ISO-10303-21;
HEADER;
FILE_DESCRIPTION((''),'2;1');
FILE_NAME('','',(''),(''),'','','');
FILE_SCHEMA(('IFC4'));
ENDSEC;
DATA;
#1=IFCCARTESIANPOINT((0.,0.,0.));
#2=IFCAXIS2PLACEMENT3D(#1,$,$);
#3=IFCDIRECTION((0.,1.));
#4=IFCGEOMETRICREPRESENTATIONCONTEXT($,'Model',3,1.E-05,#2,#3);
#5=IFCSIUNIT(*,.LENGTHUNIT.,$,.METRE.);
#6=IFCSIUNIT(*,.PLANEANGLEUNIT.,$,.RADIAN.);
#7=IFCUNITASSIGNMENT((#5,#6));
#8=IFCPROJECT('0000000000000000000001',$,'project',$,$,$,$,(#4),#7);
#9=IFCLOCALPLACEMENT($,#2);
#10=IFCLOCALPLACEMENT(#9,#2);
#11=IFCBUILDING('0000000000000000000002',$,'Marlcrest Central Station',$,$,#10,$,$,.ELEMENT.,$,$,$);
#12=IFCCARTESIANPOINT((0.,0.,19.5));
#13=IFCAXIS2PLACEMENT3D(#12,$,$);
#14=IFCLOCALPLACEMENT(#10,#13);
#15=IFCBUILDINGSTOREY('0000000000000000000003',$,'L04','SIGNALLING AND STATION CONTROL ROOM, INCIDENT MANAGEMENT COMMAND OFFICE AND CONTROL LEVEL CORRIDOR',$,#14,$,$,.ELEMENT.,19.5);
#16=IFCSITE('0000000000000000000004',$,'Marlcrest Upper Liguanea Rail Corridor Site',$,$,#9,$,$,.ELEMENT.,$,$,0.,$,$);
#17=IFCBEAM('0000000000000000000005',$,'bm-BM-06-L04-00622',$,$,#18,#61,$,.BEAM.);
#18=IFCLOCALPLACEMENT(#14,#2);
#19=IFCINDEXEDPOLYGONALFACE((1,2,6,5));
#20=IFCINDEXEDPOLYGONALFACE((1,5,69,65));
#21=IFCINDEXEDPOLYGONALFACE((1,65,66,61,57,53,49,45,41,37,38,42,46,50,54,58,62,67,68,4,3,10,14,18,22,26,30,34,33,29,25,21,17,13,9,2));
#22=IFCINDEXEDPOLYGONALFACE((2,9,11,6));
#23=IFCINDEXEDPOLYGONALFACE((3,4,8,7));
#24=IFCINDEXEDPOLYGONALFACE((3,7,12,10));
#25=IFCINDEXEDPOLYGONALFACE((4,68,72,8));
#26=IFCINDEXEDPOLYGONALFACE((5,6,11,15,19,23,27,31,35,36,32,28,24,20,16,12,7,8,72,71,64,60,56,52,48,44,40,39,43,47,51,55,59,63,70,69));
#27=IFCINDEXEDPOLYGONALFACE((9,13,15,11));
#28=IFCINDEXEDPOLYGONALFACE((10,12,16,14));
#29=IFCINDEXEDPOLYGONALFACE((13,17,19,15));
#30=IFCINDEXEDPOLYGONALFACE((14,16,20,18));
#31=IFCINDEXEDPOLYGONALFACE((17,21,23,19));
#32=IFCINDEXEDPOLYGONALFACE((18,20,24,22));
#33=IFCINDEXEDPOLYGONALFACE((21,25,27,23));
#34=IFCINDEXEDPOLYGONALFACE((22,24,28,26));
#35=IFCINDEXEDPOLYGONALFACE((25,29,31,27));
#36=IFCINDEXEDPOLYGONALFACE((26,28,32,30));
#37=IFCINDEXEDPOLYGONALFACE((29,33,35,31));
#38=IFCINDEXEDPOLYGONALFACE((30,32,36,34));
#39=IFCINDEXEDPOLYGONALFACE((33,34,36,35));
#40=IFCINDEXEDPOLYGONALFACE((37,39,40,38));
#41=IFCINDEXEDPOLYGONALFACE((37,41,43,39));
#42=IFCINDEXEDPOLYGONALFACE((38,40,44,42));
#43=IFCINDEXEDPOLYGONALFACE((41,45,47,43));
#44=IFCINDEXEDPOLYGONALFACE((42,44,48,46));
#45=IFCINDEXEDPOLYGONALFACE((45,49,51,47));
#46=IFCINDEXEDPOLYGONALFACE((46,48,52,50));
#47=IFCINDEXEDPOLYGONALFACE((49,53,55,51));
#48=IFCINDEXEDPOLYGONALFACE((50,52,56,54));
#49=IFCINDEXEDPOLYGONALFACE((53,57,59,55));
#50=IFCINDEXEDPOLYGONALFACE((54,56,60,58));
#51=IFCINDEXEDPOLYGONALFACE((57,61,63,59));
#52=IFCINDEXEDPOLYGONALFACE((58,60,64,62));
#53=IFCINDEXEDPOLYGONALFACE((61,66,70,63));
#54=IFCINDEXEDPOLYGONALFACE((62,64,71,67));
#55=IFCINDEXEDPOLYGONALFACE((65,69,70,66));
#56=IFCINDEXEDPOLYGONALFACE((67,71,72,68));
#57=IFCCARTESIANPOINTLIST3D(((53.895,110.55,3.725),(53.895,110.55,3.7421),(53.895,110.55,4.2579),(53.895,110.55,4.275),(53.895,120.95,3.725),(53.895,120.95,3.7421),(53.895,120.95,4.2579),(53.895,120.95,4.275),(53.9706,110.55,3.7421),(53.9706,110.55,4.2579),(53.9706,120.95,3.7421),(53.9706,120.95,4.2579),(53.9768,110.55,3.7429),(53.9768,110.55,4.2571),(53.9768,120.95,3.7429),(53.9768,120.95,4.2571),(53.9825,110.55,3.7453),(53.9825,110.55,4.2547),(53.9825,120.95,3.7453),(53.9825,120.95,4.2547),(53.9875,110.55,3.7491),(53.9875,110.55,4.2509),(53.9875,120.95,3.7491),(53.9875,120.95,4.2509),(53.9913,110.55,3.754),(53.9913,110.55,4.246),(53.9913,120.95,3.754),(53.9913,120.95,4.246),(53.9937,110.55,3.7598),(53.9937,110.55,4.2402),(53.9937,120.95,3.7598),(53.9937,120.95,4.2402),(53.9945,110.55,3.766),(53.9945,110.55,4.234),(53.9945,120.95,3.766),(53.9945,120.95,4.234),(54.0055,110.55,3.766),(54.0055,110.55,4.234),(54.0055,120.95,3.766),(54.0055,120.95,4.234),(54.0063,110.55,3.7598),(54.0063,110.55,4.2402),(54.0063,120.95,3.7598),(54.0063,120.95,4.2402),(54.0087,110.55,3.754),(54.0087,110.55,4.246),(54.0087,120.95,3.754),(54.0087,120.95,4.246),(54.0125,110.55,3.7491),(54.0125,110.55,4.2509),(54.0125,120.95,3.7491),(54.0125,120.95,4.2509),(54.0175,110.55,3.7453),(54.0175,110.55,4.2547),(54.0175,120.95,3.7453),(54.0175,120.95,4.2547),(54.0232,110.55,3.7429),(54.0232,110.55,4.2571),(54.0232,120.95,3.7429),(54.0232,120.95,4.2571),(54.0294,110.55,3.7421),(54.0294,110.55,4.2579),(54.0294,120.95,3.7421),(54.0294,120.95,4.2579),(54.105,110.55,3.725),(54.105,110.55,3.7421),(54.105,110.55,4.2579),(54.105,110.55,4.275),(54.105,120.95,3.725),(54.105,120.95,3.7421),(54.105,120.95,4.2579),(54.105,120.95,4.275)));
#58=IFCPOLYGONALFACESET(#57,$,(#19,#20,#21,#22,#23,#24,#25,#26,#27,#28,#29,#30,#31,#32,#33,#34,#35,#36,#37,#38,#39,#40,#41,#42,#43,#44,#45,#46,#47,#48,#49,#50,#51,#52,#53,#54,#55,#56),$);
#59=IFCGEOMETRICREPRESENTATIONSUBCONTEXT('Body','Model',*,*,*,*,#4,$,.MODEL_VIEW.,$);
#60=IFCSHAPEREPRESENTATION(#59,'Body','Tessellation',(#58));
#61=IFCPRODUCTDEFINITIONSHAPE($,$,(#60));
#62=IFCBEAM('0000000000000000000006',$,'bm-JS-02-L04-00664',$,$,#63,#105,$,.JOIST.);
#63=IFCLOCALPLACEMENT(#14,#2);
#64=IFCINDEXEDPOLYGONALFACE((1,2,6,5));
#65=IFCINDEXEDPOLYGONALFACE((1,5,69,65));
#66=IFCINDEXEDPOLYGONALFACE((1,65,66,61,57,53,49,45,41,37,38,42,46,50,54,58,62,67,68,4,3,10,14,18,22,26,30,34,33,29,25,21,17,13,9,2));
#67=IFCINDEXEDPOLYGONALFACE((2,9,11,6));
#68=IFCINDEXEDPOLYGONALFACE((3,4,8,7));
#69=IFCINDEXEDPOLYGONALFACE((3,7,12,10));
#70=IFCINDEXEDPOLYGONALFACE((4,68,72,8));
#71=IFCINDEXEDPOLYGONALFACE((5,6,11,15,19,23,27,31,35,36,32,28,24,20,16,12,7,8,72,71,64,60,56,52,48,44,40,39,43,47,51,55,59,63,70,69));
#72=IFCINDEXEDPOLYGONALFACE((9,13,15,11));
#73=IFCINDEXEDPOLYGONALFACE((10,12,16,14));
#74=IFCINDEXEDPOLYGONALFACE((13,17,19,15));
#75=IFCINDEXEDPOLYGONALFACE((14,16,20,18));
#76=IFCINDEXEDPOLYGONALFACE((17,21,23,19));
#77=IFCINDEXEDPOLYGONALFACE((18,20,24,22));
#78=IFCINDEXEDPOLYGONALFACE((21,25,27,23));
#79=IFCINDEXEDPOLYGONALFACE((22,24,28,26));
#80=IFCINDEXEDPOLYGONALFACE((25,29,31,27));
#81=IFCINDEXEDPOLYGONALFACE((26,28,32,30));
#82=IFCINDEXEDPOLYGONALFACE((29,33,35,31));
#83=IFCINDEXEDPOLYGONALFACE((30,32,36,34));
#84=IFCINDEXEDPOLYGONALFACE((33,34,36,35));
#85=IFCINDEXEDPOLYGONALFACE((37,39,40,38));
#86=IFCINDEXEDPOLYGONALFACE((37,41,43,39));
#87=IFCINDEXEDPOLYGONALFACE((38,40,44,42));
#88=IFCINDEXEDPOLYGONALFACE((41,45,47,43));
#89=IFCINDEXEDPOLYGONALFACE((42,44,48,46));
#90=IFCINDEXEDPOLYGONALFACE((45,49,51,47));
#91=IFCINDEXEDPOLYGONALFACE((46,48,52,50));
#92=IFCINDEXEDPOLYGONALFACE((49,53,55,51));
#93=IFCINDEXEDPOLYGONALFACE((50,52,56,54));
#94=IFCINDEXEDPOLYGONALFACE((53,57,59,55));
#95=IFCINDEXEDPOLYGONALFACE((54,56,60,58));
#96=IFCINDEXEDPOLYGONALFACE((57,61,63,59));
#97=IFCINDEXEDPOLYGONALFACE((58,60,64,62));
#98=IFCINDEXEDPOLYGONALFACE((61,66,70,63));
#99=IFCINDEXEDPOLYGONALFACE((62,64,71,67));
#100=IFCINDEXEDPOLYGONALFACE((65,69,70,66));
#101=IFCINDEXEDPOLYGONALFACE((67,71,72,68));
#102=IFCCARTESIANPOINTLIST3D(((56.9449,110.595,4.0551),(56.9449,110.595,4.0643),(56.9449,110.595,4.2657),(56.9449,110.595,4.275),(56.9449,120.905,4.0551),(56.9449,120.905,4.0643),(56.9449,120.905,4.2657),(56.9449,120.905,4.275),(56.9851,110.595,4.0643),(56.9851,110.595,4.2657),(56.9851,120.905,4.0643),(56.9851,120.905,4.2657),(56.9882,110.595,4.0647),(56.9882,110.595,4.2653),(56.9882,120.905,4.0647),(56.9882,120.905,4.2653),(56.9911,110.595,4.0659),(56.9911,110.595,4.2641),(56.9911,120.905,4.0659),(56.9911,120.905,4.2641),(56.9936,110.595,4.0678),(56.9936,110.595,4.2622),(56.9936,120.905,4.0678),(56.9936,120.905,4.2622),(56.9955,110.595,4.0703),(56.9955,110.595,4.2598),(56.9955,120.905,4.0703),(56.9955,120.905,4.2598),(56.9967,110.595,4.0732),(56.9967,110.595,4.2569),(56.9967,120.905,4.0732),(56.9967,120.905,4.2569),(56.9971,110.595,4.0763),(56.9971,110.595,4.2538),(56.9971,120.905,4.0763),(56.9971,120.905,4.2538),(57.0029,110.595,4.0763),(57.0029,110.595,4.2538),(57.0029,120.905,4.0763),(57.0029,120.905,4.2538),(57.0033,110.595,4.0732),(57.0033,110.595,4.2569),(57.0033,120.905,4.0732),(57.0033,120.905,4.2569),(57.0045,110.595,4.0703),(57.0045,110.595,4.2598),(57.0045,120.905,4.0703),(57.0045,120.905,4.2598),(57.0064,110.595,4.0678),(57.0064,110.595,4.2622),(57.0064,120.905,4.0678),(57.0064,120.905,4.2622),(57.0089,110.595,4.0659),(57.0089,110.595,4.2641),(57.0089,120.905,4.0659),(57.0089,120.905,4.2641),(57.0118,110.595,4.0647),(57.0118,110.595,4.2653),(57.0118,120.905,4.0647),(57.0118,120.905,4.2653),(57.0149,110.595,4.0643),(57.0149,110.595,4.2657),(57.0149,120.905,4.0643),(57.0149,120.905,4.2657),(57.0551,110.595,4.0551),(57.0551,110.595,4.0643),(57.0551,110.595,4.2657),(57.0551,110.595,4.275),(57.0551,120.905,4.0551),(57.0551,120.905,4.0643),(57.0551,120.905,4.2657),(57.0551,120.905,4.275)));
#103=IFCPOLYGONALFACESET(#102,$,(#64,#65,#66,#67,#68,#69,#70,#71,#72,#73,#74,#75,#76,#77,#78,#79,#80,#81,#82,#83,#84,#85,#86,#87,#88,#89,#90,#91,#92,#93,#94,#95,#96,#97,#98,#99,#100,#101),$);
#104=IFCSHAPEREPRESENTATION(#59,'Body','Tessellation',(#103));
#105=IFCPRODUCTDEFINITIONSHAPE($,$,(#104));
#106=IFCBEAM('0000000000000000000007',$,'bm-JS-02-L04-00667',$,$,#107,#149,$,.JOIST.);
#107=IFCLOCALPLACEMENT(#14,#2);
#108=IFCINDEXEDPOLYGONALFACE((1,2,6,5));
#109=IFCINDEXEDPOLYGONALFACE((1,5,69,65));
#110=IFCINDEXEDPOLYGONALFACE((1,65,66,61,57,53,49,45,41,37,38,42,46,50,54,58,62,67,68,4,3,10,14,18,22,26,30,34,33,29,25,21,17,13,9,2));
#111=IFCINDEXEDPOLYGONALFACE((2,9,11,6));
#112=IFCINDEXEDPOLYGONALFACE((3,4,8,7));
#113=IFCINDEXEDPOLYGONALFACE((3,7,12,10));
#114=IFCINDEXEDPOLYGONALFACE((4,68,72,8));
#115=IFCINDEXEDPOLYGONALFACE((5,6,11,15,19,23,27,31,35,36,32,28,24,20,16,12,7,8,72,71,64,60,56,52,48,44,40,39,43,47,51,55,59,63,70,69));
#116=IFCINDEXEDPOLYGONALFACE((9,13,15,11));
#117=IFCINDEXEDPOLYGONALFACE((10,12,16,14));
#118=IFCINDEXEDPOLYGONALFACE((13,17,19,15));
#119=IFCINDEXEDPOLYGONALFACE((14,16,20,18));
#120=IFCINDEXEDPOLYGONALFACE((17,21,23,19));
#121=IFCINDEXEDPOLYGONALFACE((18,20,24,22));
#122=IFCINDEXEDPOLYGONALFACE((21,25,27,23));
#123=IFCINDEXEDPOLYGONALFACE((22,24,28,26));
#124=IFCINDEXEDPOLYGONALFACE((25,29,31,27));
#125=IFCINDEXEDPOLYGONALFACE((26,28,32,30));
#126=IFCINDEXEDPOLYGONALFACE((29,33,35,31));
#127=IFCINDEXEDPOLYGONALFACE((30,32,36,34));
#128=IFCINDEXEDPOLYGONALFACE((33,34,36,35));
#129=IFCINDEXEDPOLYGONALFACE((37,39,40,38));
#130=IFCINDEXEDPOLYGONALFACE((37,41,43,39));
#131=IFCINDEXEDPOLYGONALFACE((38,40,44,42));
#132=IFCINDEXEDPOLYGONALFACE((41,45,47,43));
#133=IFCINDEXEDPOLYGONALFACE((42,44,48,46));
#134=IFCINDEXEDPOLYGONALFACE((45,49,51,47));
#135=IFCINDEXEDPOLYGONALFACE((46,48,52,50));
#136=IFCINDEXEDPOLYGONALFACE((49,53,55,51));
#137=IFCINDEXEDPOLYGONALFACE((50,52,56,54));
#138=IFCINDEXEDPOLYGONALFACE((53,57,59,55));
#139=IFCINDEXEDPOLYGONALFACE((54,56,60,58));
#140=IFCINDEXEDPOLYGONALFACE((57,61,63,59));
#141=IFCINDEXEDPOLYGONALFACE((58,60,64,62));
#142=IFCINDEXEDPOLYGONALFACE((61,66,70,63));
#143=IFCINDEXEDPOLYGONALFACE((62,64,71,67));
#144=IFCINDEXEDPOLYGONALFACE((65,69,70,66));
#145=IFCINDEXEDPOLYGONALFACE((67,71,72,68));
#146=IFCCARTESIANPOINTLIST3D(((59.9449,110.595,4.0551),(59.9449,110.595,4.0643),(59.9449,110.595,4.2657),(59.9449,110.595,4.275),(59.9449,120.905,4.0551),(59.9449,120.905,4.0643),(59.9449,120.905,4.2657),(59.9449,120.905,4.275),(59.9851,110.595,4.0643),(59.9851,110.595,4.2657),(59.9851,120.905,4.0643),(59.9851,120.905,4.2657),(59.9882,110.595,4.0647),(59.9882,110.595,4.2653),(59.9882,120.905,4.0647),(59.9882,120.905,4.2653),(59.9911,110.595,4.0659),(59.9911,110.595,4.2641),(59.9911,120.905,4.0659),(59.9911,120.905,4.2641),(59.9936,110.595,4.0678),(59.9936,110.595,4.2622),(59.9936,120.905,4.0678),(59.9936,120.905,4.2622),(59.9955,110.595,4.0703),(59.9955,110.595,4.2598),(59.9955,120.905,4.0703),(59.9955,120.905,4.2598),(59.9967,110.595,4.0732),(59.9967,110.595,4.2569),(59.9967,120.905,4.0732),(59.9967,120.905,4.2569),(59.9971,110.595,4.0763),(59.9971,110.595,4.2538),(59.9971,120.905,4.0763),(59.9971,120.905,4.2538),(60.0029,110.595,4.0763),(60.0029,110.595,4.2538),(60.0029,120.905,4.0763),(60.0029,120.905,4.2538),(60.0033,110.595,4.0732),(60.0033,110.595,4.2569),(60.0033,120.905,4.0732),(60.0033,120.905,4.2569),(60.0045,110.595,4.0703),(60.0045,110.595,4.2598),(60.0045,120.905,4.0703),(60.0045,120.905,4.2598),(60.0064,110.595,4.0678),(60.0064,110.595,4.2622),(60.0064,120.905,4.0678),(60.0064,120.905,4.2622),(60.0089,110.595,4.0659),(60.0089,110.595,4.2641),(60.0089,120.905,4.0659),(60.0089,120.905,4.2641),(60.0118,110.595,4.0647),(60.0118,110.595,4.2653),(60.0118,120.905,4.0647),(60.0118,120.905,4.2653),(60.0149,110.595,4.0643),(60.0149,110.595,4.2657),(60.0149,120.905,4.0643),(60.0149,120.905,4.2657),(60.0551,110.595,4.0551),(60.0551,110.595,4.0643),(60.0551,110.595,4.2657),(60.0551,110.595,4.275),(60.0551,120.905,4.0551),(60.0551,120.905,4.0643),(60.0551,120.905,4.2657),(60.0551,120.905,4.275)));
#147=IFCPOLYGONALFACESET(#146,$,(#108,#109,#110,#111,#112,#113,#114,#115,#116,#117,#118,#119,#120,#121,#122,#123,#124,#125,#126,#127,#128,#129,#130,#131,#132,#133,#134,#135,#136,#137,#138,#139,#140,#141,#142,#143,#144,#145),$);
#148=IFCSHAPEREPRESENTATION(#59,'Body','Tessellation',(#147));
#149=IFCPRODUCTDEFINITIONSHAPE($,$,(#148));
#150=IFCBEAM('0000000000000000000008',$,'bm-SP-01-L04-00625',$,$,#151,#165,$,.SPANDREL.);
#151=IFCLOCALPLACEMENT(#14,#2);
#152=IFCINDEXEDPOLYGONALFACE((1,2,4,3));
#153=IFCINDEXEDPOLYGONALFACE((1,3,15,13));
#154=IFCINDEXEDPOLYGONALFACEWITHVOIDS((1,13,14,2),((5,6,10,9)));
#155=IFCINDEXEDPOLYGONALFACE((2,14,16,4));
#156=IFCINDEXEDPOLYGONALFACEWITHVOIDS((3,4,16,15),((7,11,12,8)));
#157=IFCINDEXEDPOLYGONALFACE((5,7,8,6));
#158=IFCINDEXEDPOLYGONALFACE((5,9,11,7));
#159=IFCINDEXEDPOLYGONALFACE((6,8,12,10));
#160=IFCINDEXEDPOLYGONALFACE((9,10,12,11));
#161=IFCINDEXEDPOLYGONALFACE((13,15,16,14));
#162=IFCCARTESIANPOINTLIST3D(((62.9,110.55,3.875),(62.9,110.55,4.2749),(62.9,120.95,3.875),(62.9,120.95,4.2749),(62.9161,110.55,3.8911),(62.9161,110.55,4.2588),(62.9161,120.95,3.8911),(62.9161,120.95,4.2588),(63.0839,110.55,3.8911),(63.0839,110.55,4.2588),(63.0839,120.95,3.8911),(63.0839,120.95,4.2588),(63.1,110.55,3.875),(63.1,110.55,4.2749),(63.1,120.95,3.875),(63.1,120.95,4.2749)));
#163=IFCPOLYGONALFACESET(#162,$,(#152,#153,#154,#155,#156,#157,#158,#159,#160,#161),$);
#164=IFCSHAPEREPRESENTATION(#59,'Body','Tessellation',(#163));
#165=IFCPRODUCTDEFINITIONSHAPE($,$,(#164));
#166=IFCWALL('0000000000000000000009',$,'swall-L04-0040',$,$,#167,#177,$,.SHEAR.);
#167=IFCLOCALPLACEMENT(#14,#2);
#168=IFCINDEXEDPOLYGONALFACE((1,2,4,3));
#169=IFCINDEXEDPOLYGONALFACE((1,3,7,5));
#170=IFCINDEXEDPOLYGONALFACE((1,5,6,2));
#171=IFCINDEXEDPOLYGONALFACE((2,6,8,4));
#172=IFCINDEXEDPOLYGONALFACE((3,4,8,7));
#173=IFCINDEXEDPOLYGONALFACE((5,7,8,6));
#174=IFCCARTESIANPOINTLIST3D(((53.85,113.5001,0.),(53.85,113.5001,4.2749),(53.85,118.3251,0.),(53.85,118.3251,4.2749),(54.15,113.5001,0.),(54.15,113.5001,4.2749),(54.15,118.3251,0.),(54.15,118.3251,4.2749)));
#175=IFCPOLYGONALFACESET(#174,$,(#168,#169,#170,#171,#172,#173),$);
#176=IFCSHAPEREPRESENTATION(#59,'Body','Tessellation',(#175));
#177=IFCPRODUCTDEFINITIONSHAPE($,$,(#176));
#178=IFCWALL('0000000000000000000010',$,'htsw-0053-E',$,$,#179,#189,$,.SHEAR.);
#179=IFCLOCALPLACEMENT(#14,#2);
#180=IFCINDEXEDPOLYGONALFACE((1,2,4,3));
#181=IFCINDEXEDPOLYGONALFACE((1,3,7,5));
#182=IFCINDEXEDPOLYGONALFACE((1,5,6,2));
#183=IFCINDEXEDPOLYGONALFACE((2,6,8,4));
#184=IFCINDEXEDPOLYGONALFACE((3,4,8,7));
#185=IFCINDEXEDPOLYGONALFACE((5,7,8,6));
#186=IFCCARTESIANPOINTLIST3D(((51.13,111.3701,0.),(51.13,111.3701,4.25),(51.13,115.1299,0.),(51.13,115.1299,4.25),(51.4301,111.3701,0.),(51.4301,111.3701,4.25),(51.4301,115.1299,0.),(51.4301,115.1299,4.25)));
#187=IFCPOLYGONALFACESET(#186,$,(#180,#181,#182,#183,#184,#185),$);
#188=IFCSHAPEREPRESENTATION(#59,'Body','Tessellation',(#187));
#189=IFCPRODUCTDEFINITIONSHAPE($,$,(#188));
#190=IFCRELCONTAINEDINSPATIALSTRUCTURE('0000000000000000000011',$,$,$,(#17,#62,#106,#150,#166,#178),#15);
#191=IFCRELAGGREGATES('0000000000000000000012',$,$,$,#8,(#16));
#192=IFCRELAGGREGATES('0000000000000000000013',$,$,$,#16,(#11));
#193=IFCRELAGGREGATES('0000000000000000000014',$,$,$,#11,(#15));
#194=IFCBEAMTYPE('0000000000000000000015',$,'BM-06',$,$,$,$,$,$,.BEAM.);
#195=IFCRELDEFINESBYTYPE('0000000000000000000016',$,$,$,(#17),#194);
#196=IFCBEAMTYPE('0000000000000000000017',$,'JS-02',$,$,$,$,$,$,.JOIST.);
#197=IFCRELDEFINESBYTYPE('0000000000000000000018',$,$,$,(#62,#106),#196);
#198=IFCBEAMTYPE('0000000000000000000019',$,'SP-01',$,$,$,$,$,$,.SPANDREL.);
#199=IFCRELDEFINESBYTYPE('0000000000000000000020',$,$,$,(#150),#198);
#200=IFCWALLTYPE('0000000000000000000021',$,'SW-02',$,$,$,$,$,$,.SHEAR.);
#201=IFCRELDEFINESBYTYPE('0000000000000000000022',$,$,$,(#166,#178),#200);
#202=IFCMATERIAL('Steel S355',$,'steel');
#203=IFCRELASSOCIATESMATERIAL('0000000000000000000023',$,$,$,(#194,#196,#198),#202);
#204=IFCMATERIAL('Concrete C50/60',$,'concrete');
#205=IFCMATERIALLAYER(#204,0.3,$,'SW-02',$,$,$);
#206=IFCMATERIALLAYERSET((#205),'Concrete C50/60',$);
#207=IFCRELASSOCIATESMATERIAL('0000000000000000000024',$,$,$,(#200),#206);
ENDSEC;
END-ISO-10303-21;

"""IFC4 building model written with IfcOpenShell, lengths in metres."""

from ifc_helpers import new_model, si_unit, direction, frame, frame_2d, origin, origin_2d, place, context, subcontext, project, spatial, rectangle, hollow_rectangle, i_section, extrude, material, layer, layer_set, material_profile, profile_set, type_object, element, save


model = new_model("IFC4")

# Units and contexts
model_context = context("Model", 3, precision=1e-05, world=origin(), true_north=direction((0.0, 1.0)))
body_context = subcontext(model_context, "Body", "Model", "MODEL_VIEW")
ifc_project = project(units=[si_unit("LENGTHUNIT", "METRE"), si_unit("PLANEANGLEUNIT", "RADIAN")], contexts=[model_context])

# Site, building, storey
site_placement = place(None, origin())
site = spatial("IfcSite", under=ifc_project, at=site_placement, Name="Marlcrest Upper Liguanea Rail Corridor Site", CompositionType="ELEMENT", RefElevation=0.0)
building_placement = place(site_placement, origin())
building = spatial("IfcBuilding", under=site, at=building_placement, Name="Marlcrest Central Station", CompositionType="ELEMENT")
storey_placement = place(building_placement, frame((0.0, 0.0, 19.5)))
storey = spatial("IfcBuildingStorey", under=building, at=storey_placement, Name="L04", Description="SIGNALLING AND STATION CONTROL ROOM, INCIDENT MANAGEMENT COMMAND OFFICE AND CONTROL LEVEL CORRIDOR", CompositionType="ELEMENT", Elevation=19.5)

# Shared definitions
ifc_material_1 = material(Name="Steel S355", Category="steel")

# Beams
ifc_material_profile_1 = material_profile(ifc_material_1, i_section(OverallWidth=0.21, OverallDepth=0.55, WebThickness=0.011, FlangeThickness=0.0171, FilletRadius=0.0239, at=origin_2d()), Name="IPE 550")
ifc_profile_set_1 = profile_set([ifc_material_profile_1], Name="Steel S355")
beam_type_1 = type_object("IfcBeamType", Name="BM-06", PredefinedType="BEAM", material=ifc_profile_set_1)
beam_1_placement = place(storey_placement, frame((54.0, 110.55, 4.0), z_axis=(0.0, 1.0, 0.0), x_axis=(-1.0, 0.0, 0.0)))
element("IfcBeam", 1, at=beam_1_placement, inside=storey, type_object=beam_type_1, Name="bm-BM-06-L04-00622", PredefinedType="BEAM", context=body_context, shape_type="SweptSolid", body=[
    extrude(i_section(OverallWidth=0.21, OverallDepth=0.55, WebThickness=0.011, FlangeThickness=0.0171, FilletRadius=0.0239, at=origin_2d()), origin(), (0.0, 0.0, 1.0), 10.3999),
])
ifc_material_profile_2 = material_profile(ifc_material_1, i_section(OverallWidth=0.1101, OverallDepth=0.22, WebThickness=0.0059, FlangeThickness=0.0093, FilletRadius=0.012, at=origin_2d()), Name="IPE 220")
ifc_profile_set_2 = profile_set([ifc_material_profile_2], Name="Steel S355")
beam_type_2 = type_object("IfcBeamType", Name="JS-02", PredefinedType="JOIST", material=ifc_profile_set_2)
for number, where, z_axis, x_axis, name in (
    (2, (57.0, 110.595, 4.165), (0.0, 1.0, 0.0), (-1.0, 0.0, 0.0), "bm-JS-02-L04-00664"),
    (3, (60.0, 110.595, 4.165), (0.0, 1.0, 0.0), (-1.0, 0.0, 0.0), "bm-JS-02-L04-00667"),
):
    element("IfcBeam", number, at=place(storey_placement, frame(where, z_axis=z_axis, x_axis=x_axis)), inside=storey, type_object=beam_type_2, Name=name, PredefinedType="JOIST", context=body_context, shape_type="SweptSolid", body=[
        extrude(i_section(OverallWidth=0.1101, OverallDepth=0.22, WebThickness=0.0059, FlangeThickness=0.0093, FilletRadius=0.012, at=origin_2d()), origin(), (0.0, 0.0, 1.0), 10.3101),
    ])
ifc_material_profile_3 = material_profile(ifc_material_1, hollow_rectangle(XDim=0.2, YDim=0.3999, WallThickness=0.0161, at=origin_2d()), Name="RHS 400x200x16")
ifc_profile_set_3 = profile_set([ifc_material_profile_3], Name="Steel S355")
beam_type_3 = type_object("IfcBeamType", Name="SP-01", PredefinedType="SPANDREL", material=ifc_profile_set_3)
beam_2_placement = place(storey_placement, frame((63.0, 110.55, 4.075), z_axis=(0.0, 1.0, 0.0), x_axis=(-1.0, 0.0, 0.0)))
element("IfcBeam", 4, at=beam_2_placement, inside=storey, type_object=beam_type_3, Name="bm-SP-01-L04-00625", PredefinedType="SPANDREL", context=body_context, shape_type="SweptSolid", body=[
    extrude(hollow_rectangle(XDim=0.2, YDim=0.3999, WallThickness=0.0161, at=origin_2d()), origin(), (0.0, 0.0, 1.0), 10.3999),
])

# Walls
ifc_material_2 = material(Name="Concrete C50/60", Category="concrete")
ifc_layer = layer(ifc_material_2, 0.3, Name="SW-02")
ifc_layer_set = layer_set([ifc_layer], Name="Concrete C50/60")
wall_type = type_object("IfcWallType", Name="SW-02", PredefinedType="SHEAR", material=ifc_layer_set)
wall_1_placement = place(storey_placement, frame((54.0, 113.5, 0.0), z_axis=(0.0, 0.0, 1.0), x_axis=(0.0, 1.0, 0.0)))
element("IfcWall", 5, at=wall_1_placement, inside=storey, type_object=wall_type, Name="swall-L04-0040", PredefinedType="SHEAR", context=body_context, shape_type="SweptSolid", body=[
    extrude(rectangle(XDim=4.825, YDim=0.3, at=frame_2d((2.4126, 0.0))), origin(), (0.0, 0.0, 1.0), 4.2749),
])
wall_2_placement = place(storey_placement, frame((51.28, 111.3701, 0.0), z_axis=(0.0, 0.0, 1.0), x_axis=(0.0, 1.0, 0.0)))
element("IfcWall", 6, at=wall_2_placement, inside=storey, type_object=wall_type, Name="htsw-0053-E", PredefinedType="SHEAR", context=body_context, shape_type="SweptSolid", body=[
    extrude(rectangle(XDim=3.7598, YDim=0.3, at=frame_2d((1.8799, 0.0))), origin(), (0.0, 0.0, 1.0), 4.25),
])

save(model, "model.ifc")
